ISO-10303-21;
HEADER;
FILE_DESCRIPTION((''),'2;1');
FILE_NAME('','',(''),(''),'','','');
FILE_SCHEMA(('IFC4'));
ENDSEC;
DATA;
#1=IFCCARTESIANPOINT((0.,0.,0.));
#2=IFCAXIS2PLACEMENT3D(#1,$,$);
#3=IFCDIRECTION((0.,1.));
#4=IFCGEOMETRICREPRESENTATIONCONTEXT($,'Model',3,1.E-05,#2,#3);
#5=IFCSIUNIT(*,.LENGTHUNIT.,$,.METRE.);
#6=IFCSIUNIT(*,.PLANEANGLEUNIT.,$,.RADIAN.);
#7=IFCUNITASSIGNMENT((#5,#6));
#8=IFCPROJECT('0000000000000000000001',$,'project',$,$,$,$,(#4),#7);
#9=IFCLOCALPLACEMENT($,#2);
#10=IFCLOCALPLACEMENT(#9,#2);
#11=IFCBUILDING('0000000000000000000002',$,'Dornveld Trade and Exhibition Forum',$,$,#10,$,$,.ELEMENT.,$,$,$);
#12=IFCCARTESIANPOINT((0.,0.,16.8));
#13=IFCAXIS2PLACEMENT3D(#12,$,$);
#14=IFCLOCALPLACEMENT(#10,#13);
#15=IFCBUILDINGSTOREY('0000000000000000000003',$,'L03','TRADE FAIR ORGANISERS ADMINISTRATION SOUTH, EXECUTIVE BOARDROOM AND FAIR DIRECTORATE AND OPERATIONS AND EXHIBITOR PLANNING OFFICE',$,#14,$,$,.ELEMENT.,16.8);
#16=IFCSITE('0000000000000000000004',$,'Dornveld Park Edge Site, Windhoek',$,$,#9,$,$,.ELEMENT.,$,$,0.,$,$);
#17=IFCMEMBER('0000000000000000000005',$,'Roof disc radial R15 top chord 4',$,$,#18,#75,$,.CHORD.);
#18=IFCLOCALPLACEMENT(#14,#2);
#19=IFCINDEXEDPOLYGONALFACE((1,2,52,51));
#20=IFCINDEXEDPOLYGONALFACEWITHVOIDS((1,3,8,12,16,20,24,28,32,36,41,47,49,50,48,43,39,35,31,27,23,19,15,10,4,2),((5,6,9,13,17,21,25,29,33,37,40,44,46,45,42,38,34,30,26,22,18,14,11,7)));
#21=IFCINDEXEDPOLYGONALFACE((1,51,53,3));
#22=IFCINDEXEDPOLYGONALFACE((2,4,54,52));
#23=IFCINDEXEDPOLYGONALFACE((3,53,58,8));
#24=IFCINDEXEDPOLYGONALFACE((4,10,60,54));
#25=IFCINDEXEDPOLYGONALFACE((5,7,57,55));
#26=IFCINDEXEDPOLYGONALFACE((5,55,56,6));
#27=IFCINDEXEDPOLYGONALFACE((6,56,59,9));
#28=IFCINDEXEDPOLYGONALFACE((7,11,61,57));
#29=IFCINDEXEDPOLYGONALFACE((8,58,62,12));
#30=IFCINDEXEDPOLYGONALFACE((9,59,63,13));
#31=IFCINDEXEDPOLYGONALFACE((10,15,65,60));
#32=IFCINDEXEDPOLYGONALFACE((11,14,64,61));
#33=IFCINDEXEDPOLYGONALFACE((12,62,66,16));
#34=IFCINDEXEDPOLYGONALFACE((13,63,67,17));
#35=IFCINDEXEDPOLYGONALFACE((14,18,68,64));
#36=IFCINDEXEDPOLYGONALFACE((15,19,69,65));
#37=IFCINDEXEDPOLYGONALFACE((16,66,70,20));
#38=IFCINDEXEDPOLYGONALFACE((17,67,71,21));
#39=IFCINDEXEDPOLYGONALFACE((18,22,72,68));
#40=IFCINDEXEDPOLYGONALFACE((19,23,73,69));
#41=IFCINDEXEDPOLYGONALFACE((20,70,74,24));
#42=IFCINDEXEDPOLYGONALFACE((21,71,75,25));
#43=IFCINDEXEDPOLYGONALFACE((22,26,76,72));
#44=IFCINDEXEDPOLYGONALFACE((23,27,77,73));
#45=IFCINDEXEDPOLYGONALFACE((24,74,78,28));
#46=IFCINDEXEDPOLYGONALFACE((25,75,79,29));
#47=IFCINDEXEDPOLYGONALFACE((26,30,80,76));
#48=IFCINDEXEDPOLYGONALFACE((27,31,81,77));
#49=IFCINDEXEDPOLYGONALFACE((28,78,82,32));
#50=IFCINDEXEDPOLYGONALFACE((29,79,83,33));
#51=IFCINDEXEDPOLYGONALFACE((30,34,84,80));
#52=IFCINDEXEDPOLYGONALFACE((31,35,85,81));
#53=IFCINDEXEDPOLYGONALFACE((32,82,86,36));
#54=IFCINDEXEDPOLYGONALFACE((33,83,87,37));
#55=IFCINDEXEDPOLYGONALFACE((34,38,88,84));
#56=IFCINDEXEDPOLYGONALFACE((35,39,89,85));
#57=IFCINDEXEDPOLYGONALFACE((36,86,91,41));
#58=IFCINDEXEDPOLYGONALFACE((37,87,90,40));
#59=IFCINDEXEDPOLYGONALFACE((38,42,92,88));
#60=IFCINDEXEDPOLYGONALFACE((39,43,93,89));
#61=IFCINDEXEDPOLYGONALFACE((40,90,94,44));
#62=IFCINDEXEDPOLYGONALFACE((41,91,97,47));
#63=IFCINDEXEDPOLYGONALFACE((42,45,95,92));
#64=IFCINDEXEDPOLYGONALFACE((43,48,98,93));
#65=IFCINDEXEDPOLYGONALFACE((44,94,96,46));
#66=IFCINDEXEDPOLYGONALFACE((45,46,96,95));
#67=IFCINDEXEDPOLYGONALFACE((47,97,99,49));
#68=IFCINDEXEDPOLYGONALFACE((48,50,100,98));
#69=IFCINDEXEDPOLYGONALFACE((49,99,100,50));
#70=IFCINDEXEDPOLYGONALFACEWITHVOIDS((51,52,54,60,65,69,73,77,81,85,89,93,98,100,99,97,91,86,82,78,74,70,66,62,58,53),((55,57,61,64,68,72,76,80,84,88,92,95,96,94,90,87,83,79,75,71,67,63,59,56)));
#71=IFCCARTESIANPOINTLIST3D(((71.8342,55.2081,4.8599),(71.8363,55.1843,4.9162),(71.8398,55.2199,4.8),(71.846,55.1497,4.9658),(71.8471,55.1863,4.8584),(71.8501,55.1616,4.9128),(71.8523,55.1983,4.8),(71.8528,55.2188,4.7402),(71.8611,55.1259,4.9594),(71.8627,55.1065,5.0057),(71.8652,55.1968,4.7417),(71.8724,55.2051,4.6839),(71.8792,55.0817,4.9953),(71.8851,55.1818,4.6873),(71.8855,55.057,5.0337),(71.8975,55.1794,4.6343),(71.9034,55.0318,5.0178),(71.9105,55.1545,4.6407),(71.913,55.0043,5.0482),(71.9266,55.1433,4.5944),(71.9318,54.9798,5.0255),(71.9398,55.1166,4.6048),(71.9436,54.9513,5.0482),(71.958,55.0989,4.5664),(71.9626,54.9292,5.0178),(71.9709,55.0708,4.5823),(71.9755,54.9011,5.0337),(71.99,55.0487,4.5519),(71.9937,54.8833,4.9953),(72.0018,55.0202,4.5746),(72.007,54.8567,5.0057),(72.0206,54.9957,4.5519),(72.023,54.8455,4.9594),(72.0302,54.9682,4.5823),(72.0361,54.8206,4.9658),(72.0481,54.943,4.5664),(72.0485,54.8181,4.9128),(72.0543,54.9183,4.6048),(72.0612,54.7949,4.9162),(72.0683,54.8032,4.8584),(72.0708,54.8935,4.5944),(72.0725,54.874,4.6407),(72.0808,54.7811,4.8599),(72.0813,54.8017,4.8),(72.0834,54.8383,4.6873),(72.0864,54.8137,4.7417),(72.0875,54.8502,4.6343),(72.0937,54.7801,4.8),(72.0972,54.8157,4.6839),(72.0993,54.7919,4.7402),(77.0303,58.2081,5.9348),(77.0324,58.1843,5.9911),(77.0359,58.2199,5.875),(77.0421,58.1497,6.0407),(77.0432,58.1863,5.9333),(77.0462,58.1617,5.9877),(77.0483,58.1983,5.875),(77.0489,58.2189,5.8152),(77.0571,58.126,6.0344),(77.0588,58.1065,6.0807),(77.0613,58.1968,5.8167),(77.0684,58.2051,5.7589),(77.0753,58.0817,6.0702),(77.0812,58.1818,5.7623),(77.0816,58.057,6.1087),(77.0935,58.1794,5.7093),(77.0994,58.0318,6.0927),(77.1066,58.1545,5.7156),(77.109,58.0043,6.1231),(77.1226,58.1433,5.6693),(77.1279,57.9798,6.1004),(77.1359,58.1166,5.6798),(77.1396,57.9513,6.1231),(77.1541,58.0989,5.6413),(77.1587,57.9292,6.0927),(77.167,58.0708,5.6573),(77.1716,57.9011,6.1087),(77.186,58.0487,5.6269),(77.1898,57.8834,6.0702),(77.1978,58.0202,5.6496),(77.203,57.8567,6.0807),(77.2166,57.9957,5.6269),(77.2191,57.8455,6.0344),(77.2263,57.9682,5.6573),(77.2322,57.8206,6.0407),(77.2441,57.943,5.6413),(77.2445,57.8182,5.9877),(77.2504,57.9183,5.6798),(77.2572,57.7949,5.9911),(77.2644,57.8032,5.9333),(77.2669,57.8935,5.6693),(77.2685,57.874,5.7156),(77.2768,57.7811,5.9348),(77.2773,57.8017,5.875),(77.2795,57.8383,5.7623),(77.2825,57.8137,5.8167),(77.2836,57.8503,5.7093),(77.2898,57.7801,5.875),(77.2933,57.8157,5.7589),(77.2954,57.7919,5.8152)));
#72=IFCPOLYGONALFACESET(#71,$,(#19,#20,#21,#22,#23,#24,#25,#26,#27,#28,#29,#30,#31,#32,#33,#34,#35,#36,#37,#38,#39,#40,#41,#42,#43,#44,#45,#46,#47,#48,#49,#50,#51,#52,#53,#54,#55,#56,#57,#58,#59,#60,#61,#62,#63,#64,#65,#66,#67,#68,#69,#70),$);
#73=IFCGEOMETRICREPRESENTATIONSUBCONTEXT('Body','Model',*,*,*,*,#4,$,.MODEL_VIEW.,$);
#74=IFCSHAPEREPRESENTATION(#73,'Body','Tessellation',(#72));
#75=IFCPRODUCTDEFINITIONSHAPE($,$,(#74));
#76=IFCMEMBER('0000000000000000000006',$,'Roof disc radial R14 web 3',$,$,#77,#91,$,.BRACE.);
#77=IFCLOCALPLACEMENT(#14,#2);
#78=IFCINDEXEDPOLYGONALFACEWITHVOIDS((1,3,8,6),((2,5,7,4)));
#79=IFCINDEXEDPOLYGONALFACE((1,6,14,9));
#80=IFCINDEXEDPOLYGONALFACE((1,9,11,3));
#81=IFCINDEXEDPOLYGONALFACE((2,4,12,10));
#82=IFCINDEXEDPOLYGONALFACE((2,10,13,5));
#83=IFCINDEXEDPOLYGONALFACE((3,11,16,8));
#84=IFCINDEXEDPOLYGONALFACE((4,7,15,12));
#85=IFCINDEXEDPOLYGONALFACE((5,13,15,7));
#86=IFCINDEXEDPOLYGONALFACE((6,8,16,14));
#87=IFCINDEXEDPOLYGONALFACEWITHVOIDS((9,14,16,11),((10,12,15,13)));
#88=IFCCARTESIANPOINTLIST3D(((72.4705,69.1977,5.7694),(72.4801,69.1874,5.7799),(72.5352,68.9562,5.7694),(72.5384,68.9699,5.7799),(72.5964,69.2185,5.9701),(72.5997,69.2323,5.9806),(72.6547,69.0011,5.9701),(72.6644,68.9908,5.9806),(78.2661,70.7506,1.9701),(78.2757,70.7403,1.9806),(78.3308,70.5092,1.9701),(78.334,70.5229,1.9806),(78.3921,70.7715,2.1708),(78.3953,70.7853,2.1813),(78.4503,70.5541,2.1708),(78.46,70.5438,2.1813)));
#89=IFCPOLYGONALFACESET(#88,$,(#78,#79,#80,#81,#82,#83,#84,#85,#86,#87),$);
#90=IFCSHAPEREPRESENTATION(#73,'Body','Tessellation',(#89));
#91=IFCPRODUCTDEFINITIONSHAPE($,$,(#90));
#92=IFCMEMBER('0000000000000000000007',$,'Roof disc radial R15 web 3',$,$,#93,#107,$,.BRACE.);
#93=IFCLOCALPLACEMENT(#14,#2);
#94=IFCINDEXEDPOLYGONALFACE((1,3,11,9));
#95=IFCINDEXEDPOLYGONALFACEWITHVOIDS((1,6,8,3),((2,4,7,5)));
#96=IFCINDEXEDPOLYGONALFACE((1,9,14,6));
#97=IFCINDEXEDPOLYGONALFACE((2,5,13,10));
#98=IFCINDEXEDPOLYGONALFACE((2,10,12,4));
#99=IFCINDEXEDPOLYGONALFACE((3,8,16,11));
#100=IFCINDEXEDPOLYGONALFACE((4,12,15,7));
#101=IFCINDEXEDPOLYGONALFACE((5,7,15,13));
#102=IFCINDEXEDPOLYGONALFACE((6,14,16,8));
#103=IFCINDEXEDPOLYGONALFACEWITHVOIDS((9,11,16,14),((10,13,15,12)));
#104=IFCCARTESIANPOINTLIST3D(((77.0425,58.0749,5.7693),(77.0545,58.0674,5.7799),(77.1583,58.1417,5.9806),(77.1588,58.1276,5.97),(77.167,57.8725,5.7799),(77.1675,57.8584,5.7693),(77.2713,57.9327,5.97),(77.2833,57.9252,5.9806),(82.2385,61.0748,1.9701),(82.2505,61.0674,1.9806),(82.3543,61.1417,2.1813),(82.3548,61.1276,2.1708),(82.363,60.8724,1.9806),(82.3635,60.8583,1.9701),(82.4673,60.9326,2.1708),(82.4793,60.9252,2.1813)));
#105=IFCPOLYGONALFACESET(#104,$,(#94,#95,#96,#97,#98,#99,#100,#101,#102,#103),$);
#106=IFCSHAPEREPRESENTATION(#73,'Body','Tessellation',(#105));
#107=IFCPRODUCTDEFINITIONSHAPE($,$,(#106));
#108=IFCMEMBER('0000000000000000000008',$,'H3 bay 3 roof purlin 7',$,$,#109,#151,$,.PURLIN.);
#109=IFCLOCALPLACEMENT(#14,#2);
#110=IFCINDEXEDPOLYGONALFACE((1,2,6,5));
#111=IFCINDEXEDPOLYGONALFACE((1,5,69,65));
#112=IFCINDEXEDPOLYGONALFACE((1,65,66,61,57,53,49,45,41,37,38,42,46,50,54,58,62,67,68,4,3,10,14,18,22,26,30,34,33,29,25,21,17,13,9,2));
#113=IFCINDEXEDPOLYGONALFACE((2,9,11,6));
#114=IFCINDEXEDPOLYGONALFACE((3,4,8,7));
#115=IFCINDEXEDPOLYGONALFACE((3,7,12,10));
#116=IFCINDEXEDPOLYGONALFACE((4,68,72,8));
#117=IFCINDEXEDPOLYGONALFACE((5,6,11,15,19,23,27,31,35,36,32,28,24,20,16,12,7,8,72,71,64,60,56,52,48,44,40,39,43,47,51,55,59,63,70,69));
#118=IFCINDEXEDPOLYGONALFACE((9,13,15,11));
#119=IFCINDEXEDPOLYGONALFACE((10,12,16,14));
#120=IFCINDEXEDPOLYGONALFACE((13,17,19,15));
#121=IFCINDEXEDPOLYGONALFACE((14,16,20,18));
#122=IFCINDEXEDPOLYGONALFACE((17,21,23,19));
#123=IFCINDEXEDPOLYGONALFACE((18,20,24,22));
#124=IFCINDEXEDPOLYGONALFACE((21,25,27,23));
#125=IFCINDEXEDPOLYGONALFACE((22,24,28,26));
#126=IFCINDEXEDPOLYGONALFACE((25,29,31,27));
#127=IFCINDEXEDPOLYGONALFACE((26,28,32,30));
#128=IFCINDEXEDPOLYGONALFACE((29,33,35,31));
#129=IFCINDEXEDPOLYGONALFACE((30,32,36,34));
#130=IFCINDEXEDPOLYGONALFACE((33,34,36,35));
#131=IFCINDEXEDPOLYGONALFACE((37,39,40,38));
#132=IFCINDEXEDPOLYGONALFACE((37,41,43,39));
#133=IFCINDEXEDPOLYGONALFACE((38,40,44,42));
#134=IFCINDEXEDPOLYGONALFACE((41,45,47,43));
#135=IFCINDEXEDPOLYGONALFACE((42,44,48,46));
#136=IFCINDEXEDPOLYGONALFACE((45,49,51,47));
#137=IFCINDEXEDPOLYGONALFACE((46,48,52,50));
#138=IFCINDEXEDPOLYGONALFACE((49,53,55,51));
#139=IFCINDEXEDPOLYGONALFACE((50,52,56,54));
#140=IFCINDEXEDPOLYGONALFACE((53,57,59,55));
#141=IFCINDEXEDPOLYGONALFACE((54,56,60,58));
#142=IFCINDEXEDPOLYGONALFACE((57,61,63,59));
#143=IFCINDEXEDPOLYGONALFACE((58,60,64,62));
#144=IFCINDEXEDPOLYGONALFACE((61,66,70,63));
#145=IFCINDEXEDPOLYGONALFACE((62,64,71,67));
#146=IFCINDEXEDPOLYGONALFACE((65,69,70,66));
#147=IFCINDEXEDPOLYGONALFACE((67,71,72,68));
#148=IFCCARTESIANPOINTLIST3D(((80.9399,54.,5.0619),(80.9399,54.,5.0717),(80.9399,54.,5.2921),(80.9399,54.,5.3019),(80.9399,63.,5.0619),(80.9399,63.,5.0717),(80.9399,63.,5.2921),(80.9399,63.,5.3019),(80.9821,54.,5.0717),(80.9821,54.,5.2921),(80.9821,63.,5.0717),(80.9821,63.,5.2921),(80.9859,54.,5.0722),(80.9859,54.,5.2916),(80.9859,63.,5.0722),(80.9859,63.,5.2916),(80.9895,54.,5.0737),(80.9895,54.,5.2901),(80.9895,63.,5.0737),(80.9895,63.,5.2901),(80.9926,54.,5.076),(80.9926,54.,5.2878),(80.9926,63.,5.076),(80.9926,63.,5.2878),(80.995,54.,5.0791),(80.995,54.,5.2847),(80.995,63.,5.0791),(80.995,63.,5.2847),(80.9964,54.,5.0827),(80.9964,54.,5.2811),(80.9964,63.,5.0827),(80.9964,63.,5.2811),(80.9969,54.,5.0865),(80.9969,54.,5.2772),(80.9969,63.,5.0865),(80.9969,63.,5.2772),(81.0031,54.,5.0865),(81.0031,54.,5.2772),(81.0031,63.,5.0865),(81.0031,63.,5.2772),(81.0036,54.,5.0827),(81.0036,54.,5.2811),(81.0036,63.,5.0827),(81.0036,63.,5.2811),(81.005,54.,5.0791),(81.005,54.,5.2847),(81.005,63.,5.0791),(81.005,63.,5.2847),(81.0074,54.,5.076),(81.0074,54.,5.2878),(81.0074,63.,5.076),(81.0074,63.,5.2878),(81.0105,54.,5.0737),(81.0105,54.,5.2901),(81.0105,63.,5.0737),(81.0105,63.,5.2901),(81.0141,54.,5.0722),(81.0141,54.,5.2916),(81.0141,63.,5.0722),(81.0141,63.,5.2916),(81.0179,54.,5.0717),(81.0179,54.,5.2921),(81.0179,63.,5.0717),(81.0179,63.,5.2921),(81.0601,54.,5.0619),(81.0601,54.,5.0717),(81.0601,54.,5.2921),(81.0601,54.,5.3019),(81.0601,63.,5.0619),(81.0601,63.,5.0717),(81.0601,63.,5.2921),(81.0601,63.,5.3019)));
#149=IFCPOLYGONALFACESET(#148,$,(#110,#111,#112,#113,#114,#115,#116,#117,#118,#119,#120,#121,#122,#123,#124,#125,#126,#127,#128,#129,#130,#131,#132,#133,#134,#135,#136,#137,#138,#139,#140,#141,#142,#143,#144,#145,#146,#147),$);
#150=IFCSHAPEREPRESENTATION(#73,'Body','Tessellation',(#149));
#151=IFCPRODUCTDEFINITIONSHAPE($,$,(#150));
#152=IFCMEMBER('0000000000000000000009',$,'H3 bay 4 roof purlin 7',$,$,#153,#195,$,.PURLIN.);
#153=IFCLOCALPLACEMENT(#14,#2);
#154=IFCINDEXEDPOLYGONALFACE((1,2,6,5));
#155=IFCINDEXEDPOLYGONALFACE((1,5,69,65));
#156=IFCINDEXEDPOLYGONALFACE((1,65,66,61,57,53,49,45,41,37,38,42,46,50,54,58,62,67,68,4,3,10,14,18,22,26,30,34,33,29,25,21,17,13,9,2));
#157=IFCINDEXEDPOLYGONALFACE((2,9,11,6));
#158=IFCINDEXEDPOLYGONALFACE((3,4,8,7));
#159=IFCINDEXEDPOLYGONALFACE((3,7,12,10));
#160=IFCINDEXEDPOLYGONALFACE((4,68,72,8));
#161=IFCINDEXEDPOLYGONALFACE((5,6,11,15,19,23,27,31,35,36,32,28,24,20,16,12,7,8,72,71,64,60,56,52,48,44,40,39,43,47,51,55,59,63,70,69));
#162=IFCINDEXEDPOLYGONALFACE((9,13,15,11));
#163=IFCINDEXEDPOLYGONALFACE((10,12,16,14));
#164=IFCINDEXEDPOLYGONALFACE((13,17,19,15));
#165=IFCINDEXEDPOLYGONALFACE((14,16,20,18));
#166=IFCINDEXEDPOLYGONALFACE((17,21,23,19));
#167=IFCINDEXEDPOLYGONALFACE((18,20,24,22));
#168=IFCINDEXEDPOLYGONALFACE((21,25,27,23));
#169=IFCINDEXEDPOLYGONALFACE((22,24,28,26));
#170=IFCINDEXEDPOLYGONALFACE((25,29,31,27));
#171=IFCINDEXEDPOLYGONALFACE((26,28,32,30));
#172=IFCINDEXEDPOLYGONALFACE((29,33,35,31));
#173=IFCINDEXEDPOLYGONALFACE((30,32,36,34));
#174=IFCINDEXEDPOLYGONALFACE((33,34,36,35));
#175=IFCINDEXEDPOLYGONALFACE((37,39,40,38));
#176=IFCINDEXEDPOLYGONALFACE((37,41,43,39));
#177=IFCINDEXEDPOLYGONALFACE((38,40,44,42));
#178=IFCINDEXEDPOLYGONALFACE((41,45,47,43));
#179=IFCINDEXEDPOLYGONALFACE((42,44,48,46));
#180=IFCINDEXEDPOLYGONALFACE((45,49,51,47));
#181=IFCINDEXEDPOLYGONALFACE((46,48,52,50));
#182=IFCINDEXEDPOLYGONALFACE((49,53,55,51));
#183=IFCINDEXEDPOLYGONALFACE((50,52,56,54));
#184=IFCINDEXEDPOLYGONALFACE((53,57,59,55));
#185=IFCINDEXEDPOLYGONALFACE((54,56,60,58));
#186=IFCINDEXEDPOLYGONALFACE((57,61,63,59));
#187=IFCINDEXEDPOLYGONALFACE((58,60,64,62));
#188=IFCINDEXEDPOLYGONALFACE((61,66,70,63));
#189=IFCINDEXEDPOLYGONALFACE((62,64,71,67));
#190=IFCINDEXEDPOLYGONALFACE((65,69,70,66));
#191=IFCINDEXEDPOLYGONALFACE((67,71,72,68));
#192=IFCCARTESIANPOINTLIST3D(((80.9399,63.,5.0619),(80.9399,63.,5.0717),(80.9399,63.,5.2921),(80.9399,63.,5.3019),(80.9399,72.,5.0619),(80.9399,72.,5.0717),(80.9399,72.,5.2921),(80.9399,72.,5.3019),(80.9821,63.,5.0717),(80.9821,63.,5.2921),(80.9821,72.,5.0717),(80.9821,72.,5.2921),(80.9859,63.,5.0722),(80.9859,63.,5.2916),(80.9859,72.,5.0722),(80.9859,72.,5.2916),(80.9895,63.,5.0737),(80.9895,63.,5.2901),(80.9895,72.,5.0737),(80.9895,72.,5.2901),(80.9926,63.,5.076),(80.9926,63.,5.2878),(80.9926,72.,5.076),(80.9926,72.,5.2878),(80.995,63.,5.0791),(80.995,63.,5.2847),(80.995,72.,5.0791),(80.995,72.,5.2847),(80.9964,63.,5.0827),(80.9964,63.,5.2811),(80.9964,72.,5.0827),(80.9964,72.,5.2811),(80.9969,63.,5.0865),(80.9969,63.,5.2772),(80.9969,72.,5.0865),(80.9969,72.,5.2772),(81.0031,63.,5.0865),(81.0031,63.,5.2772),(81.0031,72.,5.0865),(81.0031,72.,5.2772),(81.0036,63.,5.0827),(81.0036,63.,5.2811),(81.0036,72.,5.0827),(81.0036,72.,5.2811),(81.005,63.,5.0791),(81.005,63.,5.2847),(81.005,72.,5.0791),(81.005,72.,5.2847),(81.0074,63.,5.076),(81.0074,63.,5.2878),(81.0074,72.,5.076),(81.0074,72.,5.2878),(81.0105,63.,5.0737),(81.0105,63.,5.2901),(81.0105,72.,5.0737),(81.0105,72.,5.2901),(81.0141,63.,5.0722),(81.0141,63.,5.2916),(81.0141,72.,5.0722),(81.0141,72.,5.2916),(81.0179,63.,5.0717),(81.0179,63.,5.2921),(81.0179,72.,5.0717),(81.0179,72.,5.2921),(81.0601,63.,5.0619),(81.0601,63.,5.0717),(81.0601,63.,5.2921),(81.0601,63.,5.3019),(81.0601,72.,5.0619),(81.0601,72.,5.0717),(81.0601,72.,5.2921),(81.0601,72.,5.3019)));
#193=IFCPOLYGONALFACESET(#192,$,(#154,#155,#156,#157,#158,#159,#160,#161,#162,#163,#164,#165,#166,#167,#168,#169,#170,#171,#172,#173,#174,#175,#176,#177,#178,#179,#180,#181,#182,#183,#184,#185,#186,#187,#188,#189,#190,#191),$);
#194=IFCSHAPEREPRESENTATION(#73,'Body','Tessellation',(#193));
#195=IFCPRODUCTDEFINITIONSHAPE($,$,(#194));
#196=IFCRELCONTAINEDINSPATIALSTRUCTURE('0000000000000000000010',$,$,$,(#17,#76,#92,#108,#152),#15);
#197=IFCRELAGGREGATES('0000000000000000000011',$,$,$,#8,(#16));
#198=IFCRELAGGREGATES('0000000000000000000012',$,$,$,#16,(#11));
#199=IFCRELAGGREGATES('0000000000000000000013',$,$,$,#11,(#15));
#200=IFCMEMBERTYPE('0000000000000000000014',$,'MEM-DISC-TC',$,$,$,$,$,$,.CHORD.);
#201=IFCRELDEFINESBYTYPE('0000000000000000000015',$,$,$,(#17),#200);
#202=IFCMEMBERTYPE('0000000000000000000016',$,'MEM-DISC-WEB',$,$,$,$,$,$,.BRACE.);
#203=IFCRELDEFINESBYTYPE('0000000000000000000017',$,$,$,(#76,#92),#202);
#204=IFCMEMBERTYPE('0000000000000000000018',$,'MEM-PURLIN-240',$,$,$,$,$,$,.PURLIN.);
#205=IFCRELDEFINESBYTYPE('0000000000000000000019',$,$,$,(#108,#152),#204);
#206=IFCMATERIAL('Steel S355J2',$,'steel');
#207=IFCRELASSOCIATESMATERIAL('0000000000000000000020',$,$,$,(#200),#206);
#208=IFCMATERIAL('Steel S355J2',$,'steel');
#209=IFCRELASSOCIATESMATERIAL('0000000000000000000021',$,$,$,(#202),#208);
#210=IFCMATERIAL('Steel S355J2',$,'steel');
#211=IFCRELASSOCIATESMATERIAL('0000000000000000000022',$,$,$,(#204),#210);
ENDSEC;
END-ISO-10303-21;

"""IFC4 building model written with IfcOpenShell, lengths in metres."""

from ifc_helpers import new_model, si_unit, direction, frame, origin, origin_2d, place, context, subcontext, project, spatial, hollow_rectangle, hollow_circle, i_section, extrude, material, material_profile, profile_set, type_object, element, save


model = new_model("IFC4")

# Units and contexts
model_context = context("Model", 3, precision=1e-05, world=origin(), true_north=direction((0.0, 1.0)))
body_context = subcontext(model_context, "Body", "Model", "MODEL_VIEW")
ifc_project = project(units=[si_unit("LENGTHUNIT", "METRE"), si_unit("PLANEANGLEUNIT", "RADIAN")], contexts=[model_context])

# Site, building, storey
site_placement = place(None, origin())
site = spatial("IfcSite", under=ifc_project, at=site_placement, Name="Dornveld Park Edge Site, Windhoek", CompositionType="ELEMENT", RefElevation=0.0)
building_placement = place(site_placement, origin())
building = spatial("IfcBuilding", under=site, at=building_placement, Name="Dornveld Trade and Exhibition Forum", CompositionType="ELEMENT")
storey_placement = place(building_placement, frame((0.0, 0.0, 16.8)))
storey = spatial("IfcBuildingStorey", under=building, at=storey_placement, Name="L03", Description="TRADE FAIR ORGANISERS ADMINISTRATION SOUTH, EXECUTIVE BOARDROOM AND FAIR DIRECTORATE AND OPERATIONS AND EXHIBITOR PLANNING OFFICE", CompositionType="ELEMENT", Elevation=16.8)

# Members
ifc_material_1 = material(Name="Steel S355J2", Category="steel")
ifc_material_profile_1 = material_profile(ifc_material_1, hollow_circle(Radius=0.2539, WallThickness=0.0249, at=origin_2d()), Name="CHS 508x25")
ifc_profile_set_1 = profile_set([ifc_material_profile_1], Name="Steel S355J2")
member_type_1 = type_object("IfcMemberType", Name="MEM-DISC-TC", PredefinedType="CHORD", material=ifc_profile_set_1)
member_1_placement = place(storey_placement, frame((77.1628, 58.0, 5.875), z_axis=(-0.852448, -0.492171, -0.176353), x_axis=(0.500008, -0.866021, 0.0)))
element("IfcMember", 1, at=member_1_placement, inside=storey, type_object=member_type_1, Name="Roof disc radial R15 top chord 4", PredefinedType="CHORD", context=body_context, shape_type="SweptSolid", body=[
    extrude(hollow_circle(Radius=0.2539, WallThickness=0.0249, at=origin_2d()), origin(), (0.0, 0.0, 1.0), 6.0955),
])
ifc_material_2 = material(Name="Steel S355J2", Category="steel")
ifc_material_profile_2 = material_profile(ifc_material_2, hollow_rectangle(XDim=0.25, YDim=0.25, WallThickness=0.0125, at=origin_2d()), Name="SHS 250x250x12.5")
ifc_profile_set_2 = profile_set([ifc_material_profile_2], Name="Steel S355J2")
member_type_2 = type_object("IfcMemberType", Name="MEM-DISC-WEB", PredefinedType="BRACE", material=ifc_profile_set_2)
member_2_placement = place(storey_placement, frame((78.363, 70.6472, 2.0757), z_axis=(-0.816078, -0.218673, 0.534976), x_axis=(0.258825, -0.965924, 0.0)))
element("IfcMember", 2, at=member_2_placement, inside=storey, type_object=member_type_2, Name="Roof disc radial R14 web 3", PredefinedType="BRACE", context=body_context, shape_type="SweptSolid", body=[
    extrude(hollow_rectangle(XDim=0.25, YDim=0.25, WallThickness=0.0125, at=origin_2d()), origin(), (0.0, 0.0, 1.0), 7.1018),
])
member_3_placement = place(storey_placement, frame((82.3589, 61.0, 2.0757), z_axis=(-0.731665, -0.422436, 0.534989), x_axis=(0.500008, -0.866021, 0.0)))
element("IfcMember", 3, at=member_3_placement, inside=storey, type_object=member_type_2, Name="Roof disc radial R15 web 3", PredefinedType="BRACE", context=body_context, shape_type="SweptSolid", body=[
    extrude(hollow_rectangle(XDim=0.25, YDim=0.25, WallThickness=0.0125, at=origin_2d()), origin(), (0.0, 0.0, 1.0), 7.1016),
])
ifc_material_3 = material(Name="Steel S355J2", Category="steel")
ifc_material_profile_3 = material_profile(ifc_material_3, i_section(OverallWidth=0.1201, OverallDepth=0.24, WebThickness=0.0061, FlangeThickness=0.0098, FilletRadius=0.0149, at=origin_2d()), Name="IPE 240")
ifc_profile_set_3 = profile_set([ifc_material_profile_3], Name="Steel S355J2")
member_type_3 = type_object("IfcMemberType", Name="MEM-PURLIN-240", PredefinedType="PURLIN", material=ifc_profile_set_3)
for number, where, z_axis, x_axis, name in (
    (4, (81.0, 54.0, 5.1819), (0.0, 1.0, 0.0), (-1.0, 0.0, 0.0), "H3 bay 3 roof purlin 7"),
    (5, (81.0, 63.0, 5.1819), (0.0, 1.0, 0.0), (-1.0, 0.0, 0.0), "H3 bay 4 roof purlin 7"),
):
    element("IfcMember", number, at=place(storey_placement, frame(where, z_axis=z_axis, x_axis=x_axis)), inside=storey, type_object=member_type_3, Name=name, PredefinedType="PURLIN", context=body_context, shape_type="SweptSolid", body=[
        extrude(i_section(OverallWidth=0.1201, OverallDepth=0.24, WebThickness=0.0061, FlangeThickness=0.0098, FilletRadius=0.0149, at=origin_2d()), origin(), (0.0, 0.0, 1.0), 9.0),
    ])

save(model, "model.ifc")
